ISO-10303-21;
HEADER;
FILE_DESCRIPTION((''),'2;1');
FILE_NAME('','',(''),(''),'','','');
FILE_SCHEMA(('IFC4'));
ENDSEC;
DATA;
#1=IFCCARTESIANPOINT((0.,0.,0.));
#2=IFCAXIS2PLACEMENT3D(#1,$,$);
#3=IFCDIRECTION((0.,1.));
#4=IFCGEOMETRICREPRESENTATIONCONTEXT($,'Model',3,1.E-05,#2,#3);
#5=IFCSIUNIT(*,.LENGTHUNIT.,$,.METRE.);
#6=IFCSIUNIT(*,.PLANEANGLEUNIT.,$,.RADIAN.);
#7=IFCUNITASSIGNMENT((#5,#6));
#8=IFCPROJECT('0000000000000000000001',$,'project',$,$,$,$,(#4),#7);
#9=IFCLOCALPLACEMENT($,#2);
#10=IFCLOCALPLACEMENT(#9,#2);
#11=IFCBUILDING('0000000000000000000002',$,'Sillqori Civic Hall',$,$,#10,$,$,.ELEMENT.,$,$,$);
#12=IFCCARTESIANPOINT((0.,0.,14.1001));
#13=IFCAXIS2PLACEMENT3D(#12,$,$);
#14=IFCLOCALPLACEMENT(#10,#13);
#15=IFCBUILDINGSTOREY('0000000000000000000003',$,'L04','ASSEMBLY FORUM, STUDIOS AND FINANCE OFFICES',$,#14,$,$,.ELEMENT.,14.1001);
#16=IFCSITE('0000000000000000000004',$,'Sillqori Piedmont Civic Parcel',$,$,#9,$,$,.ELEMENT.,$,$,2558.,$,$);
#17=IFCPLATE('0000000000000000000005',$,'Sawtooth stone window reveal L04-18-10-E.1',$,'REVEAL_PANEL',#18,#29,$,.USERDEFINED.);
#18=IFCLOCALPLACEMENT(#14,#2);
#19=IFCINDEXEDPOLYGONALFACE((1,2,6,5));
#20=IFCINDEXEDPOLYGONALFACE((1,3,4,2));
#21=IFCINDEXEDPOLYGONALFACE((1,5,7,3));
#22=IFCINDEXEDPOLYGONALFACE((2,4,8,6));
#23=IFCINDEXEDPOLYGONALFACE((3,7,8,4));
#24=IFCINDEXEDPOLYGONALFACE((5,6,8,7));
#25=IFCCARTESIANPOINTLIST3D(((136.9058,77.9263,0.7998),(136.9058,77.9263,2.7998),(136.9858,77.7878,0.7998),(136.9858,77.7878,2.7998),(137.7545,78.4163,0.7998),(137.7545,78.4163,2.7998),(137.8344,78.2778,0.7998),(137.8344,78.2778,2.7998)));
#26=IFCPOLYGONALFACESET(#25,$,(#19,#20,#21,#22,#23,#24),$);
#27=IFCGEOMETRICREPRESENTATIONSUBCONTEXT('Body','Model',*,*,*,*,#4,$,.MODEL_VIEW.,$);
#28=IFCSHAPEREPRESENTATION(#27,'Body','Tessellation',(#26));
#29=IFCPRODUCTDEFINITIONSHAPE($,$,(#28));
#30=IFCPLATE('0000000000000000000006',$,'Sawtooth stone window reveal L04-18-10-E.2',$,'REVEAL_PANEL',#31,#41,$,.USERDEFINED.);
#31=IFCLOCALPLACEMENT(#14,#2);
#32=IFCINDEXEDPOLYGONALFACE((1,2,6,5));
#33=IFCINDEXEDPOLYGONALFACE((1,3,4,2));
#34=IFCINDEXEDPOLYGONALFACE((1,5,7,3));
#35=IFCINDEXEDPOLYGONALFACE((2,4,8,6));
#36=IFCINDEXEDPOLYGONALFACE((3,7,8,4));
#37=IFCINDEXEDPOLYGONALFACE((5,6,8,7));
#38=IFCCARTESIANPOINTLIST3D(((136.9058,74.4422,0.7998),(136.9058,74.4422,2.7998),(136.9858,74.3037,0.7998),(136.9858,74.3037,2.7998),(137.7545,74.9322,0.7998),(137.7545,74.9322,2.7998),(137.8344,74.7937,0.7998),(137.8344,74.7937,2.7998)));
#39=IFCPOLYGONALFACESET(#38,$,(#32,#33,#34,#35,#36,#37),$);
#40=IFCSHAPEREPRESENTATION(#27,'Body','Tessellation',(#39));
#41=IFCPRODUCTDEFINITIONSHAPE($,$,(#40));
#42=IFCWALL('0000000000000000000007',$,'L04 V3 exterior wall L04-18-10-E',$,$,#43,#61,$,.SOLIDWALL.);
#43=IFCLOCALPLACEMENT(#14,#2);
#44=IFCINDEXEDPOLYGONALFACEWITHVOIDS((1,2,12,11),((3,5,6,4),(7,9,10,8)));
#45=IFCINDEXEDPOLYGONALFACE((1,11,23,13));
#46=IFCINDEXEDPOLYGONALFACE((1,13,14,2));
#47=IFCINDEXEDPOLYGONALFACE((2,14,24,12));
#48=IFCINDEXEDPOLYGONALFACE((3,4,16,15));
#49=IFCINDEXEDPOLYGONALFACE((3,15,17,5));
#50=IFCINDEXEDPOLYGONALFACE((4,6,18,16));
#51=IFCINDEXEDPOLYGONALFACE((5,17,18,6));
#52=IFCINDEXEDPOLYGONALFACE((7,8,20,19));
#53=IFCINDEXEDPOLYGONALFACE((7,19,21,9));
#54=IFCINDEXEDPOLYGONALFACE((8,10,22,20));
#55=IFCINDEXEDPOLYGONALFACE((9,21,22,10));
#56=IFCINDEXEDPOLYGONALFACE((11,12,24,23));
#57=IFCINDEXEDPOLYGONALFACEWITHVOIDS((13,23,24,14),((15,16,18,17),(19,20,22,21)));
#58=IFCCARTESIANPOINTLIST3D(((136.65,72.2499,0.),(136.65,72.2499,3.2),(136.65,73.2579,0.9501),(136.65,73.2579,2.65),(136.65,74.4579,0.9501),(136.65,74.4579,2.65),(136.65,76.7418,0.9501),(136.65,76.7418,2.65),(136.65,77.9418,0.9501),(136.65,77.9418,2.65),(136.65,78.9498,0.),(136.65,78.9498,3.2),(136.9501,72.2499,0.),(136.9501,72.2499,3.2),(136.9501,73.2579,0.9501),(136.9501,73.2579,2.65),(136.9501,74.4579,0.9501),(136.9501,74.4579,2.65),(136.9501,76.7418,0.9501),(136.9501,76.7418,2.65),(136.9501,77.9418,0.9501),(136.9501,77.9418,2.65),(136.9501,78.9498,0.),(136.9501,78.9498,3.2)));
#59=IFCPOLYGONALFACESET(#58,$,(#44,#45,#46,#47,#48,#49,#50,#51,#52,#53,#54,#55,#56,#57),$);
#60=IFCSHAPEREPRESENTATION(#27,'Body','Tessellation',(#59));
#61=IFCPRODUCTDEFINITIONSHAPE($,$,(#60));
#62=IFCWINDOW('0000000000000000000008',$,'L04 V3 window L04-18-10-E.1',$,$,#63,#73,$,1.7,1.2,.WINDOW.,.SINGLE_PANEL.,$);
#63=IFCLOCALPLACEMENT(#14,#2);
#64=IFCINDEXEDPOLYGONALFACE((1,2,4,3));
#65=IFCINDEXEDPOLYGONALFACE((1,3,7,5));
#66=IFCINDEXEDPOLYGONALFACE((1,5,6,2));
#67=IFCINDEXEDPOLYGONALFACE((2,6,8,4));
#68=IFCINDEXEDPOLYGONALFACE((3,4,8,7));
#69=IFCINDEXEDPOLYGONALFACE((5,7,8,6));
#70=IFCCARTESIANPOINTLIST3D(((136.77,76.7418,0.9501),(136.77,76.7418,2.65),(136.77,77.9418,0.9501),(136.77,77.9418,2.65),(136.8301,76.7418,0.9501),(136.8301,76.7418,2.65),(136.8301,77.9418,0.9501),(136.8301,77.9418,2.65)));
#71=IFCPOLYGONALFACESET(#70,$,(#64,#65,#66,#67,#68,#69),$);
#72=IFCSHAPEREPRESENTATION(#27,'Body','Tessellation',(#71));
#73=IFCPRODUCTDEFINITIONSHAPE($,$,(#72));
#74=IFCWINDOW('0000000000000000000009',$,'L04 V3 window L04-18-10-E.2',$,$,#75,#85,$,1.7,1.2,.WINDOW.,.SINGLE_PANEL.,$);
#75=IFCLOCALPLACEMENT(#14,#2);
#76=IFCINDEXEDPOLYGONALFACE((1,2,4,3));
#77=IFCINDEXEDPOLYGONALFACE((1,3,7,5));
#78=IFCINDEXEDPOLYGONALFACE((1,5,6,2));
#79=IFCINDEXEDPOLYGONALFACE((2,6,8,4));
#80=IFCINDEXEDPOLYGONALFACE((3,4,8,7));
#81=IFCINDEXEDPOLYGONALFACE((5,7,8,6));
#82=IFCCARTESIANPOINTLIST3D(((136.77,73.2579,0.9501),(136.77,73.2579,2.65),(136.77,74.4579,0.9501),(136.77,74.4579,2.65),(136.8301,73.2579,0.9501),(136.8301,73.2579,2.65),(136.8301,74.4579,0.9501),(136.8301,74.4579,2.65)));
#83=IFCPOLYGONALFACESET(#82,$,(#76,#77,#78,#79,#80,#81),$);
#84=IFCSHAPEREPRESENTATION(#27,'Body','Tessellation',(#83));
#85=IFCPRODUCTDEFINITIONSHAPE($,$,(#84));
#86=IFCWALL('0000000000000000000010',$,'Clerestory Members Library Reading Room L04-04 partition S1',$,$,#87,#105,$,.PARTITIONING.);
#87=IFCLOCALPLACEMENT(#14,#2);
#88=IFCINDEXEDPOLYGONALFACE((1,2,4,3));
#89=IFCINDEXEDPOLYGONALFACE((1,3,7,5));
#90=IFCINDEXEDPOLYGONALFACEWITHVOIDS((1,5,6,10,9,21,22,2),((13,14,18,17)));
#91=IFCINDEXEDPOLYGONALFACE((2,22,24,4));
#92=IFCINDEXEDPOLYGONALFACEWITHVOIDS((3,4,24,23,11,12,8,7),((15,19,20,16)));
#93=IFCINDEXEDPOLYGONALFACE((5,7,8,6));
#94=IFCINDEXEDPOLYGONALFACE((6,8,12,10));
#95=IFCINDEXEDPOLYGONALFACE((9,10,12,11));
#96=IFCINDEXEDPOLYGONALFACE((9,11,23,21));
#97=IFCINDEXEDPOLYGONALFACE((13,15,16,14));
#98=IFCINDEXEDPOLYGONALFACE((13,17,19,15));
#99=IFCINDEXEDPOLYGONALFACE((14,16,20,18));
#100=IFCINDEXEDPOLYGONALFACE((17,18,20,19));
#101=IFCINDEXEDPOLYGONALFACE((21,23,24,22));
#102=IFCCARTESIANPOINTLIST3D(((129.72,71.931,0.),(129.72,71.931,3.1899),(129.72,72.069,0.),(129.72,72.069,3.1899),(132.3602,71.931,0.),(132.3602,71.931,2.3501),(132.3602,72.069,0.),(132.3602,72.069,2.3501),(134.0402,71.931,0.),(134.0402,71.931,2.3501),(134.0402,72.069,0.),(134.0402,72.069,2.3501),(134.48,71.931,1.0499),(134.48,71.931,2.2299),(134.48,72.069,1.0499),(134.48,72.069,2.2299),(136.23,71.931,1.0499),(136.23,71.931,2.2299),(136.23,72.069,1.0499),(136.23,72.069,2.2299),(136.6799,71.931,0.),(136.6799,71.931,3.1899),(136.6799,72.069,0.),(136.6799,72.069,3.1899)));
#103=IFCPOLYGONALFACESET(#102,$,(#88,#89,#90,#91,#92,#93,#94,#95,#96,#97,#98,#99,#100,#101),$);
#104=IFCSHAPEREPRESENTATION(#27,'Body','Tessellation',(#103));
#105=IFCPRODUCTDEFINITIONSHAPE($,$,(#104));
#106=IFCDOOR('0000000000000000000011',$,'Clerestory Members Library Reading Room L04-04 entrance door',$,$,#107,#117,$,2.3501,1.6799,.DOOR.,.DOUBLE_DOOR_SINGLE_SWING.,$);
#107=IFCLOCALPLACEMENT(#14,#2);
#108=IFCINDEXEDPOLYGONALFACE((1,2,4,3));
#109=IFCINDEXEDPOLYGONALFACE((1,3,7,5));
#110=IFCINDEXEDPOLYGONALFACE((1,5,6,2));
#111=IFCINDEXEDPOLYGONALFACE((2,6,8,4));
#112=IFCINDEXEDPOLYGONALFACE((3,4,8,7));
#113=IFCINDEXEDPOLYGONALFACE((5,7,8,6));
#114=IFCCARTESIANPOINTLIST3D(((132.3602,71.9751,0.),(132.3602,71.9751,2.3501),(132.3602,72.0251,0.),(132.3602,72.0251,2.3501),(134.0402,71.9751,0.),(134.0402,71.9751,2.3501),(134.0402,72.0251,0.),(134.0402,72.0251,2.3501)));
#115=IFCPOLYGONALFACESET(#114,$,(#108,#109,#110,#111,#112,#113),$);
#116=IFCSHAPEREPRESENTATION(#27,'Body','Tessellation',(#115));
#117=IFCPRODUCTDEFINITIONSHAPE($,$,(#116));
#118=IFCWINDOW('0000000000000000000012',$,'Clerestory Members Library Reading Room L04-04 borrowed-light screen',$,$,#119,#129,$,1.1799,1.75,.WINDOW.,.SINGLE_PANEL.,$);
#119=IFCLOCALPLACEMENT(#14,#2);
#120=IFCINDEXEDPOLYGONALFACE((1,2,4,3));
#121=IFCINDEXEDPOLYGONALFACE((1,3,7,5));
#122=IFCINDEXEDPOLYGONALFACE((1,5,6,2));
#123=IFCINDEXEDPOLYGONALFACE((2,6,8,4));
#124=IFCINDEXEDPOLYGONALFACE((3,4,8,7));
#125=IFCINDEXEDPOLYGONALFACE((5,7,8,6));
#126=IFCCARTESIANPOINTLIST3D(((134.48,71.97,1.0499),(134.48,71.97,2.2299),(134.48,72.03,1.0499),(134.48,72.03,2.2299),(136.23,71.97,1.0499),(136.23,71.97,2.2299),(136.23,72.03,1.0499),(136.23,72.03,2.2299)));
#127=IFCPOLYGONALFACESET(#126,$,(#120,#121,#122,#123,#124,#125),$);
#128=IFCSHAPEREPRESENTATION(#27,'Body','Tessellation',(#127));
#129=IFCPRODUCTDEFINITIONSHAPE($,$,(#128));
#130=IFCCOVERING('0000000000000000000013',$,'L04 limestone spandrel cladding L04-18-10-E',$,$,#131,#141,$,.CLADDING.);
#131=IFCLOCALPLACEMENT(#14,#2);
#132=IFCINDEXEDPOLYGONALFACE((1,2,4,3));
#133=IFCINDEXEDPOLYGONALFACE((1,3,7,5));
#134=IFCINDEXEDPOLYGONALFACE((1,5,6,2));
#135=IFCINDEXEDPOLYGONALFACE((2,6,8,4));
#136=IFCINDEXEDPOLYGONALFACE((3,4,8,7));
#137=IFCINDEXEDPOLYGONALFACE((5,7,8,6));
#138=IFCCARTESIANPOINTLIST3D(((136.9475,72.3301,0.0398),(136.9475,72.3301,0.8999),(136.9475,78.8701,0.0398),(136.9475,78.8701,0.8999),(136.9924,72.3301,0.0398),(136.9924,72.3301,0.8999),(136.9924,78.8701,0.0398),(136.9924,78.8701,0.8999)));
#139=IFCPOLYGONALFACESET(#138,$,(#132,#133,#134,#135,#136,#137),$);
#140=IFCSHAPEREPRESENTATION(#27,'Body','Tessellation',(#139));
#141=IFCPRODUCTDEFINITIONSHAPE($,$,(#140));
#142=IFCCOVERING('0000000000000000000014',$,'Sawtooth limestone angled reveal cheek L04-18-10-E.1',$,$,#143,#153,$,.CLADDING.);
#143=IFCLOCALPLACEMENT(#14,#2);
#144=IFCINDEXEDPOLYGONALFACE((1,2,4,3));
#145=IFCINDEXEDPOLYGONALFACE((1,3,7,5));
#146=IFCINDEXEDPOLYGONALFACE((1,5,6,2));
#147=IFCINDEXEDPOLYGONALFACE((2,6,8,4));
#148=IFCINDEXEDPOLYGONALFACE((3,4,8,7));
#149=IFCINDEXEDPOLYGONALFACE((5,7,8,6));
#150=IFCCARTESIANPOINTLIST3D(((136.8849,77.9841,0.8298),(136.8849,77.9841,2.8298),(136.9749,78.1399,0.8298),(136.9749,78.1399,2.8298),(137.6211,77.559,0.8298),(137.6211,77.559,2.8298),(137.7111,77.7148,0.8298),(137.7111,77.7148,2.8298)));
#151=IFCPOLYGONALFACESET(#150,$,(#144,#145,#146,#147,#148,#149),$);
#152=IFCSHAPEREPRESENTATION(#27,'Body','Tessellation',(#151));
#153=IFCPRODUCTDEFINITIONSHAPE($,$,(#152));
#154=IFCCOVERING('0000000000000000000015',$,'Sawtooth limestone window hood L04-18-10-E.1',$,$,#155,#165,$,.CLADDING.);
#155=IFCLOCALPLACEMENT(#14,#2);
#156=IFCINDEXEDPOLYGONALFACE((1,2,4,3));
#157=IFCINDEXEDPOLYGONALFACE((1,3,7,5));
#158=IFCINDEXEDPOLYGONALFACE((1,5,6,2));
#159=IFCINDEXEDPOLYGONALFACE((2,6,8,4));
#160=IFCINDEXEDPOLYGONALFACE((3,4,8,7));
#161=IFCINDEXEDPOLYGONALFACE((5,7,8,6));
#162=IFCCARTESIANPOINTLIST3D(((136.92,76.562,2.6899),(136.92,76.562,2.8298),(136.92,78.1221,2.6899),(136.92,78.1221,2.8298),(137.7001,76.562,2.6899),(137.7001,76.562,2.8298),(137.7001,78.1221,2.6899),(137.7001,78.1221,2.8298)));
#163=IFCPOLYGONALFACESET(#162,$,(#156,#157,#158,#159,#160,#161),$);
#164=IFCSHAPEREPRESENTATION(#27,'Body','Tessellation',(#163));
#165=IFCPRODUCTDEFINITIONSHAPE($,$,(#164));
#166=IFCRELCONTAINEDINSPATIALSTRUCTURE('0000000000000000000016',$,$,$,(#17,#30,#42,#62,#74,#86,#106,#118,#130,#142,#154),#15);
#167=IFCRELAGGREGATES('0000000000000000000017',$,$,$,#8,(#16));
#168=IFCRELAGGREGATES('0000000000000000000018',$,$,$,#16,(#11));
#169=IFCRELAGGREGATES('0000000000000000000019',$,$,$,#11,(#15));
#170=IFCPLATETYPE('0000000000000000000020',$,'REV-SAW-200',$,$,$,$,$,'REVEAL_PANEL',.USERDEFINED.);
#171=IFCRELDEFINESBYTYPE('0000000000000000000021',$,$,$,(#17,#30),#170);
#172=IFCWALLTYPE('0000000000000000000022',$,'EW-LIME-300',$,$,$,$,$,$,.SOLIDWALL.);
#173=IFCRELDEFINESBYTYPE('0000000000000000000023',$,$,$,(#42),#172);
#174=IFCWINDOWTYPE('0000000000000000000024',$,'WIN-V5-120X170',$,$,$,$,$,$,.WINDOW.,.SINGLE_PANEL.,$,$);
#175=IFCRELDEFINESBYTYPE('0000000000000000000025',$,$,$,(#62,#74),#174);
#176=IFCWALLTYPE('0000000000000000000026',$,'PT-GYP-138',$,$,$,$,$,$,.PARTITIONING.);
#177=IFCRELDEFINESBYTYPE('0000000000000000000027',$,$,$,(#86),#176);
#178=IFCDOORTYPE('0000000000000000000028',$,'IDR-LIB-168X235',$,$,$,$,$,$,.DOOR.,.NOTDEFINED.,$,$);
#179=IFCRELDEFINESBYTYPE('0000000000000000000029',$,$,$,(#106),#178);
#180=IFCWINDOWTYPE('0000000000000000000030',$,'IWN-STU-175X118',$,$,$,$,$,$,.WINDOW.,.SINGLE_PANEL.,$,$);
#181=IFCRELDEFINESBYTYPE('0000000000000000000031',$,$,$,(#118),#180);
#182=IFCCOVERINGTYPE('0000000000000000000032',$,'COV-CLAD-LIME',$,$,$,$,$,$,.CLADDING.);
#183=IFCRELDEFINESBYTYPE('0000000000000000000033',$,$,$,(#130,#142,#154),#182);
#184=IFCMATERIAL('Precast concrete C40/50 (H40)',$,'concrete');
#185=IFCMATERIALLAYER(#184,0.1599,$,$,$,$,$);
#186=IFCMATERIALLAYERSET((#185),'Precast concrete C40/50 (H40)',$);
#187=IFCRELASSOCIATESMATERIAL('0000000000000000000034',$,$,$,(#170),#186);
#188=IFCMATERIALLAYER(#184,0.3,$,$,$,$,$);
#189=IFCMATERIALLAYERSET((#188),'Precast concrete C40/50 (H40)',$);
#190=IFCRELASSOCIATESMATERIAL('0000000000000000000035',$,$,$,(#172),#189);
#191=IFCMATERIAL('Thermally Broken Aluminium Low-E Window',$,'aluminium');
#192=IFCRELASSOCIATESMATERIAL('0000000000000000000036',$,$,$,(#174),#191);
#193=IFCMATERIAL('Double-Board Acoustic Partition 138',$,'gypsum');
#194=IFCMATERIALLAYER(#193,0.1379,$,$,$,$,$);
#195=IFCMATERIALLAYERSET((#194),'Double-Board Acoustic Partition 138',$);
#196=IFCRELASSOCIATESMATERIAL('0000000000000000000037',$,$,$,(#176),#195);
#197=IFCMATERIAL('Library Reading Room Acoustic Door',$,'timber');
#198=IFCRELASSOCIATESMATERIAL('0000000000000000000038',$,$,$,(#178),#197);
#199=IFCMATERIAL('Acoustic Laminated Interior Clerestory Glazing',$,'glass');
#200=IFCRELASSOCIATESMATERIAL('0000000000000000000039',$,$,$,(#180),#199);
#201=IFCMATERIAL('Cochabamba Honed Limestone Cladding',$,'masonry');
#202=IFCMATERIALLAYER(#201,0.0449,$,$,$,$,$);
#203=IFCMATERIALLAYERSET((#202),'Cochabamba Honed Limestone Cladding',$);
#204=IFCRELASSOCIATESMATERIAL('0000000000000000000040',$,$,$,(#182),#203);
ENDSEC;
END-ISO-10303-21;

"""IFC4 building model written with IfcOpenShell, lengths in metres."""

from ifc_helpers import new_model, si_unit, direction, frame, frame_2d, origin, origin_2d, place, context, subcontext, project, spatial, rectangle, extrude, material, layer, layer_set, type_object, element, fill, save


model = new_model("IFC4")

# Units and contexts
model_context = context("Model", 3, precision=1e-05, world=origin(), true_north=direction((0.0, 1.0)))
body_context = subcontext(model_context, "Body", "Model", "MODEL_VIEW")
ifc_project = project(units=[si_unit("LENGTHUNIT", "METRE"), si_unit("PLANEANGLEUNIT", "RADIAN")], contexts=[model_context])

# Site, building, storey
site_placement = place(None, origin())
site = spatial("IfcSite", under=ifc_project, at=site_placement, Name="Sillqori Piedmont Civic Parcel", CompositionType="ELEMENT", RefElevation=2558.0)
building_placement = place(site_placement, origin())
building = spatial("IfcBuilding", under=site, at=building_placement, Name="Sillqori Civic Hall", CompositionType="ELEMENT")
storey_placement = place(building_placement, frame((0.0, 0.0, 14.1001)))
storey = spatial("IfcBuildingStorey", under=building, at=storey_placement, Name="L04", Description="ASSEMBLY FORUM, STUDIOS AND FINANCE OFFICES", CompositionType="ELEMENT", Elevation=14.1001)

# Plates
ifc_material_1 = material(Name="Precast concrete C40/50 (H40)", Category="concrete")
ifc_layer_1 = layer(ifc_material_1, 0.1599)
ifc_layer_set_1 = layer_set([ifc_layer_1], Name="Precast concrete C40/50 (H40)")
plate_type_1 = type_object("IfcPlateType", Name="REV-SAW-200", ElementType="REVEAL_PANEL", PredefinedType="USERDEFINED", material=ifc_layer_set_1)
for number, where, z_axis, x_axis, name in (
    (1, (137.3701, 78.1021, 0.7998), (0.0, 0.0, 1.0), (0.5, -0.866025, 0.0), "Sawtooth stone window reveal L04-18-10-E.1"),
    (2, (137.3701, 74.6179, 0.7998), (0.0, 0.0, 1.0), (0.5, -0.866025, 0.0), "Sawtooth stone window reveal L04-18-10-E.2"),
):
    element("IfcPlate", number, at=place(storey_placement, frame(where, z_axis=z_axis, x_axis=x_axis)), inside=storey, type_object=plate_type_1, Name=name, ObjectType="REVEAL_PANEL", PredefinedType="USERDEFINED", context=body_context, shape_type="SweptSolid", body=[
        extrude(rectangle(XDim=0.1599, YDim=0.98, at=origin_2d()), origin(), (0.0, 0.0, 1.0), 2.0),
    ])

# Wall, openings, windows
ifc_layer_2 = layer(ifc_material_1, 0.3)
ifc_layer_set_2 = layer_set([ifc_layer_2], Name="Precast concrete C40/50 (H40)")
wall_type_1 = type_object("IfcWallType", Name="EW-LIME-300", PredefinedType="SOLIDWALL", material=ifc_layer_set_2)
wall_1_placement = place(storey_placement, frame((136.8, 78.95, 0.0), z_axis=(0.0, 0.0, 1.0), x_axis=(0.0, -1.0, 0.0)))
wall_1 = element("IfcWall", 3, at=wall_1_placement, inside=storey, type_object=wall_type_1, Name="L04 V3 exterior wall L04-18-10-E", PredefinedType="SOLIDWALL", context=body_context, shape_type="SweptSolid", body=[
    extrude(rectangle(XDim=6.7, YDim=0.3, at=frame_2d((3.3501, 0.0))), origin(), (0.0, 0.0, 1.0), 3.2),
])
opening_1_placement = place(wall_1_placement, frame((1.0081, 0.0, 0.95)))
opening_1 = element("IfcOpeningElement", 4, at=opening_1_placement, cuts=wall_1, PredefinedType="OPENING", context=body_context, shape_type="SweptSolid", body=[
    extrude(rectangle(XDim=1.2, YDim=1.7, at=frame_2d((0.6001, 0.8501))), frame((0.0, 0.1599, 0.0), z_axis=(0.0, -1.0, 0.0), x_axis=(1.0, 0.0, 0.0)), (0.0, 0.0, 1.0), 0.3201),
])
opening_2_placement = place(wall_1_placement, frame((4.4919, 0.0, 0.95)))
opening_2 = element("IfcOpeningElement", 5, at=opening_2_placement, cuts=wall_1, PredefinedType="OPENING", context=body_context, shape_type="SweptSolid", body=[
    extrude(rectangle(XDim=1.2, YDim=1.7, at=frame_2d((0.6001, 0.8501))), frame((0.0, 0.1599, 0.0), z_axis=(0.0, -1.0, 0.0), x_axis=(1.0, 0.0, 0.0)), (0.0, 0.0, 1.0), 0.3201),
])
ifc_material_2 = material(Name="Thermally Broken Aluminium Low-E Window", Category="aluminium")
window_type_1 = type_object("IfcWindowType", Name="WIN-V5-120X170", PartitioningType="SINGLE_PANEL", PredefinedType="WINDOW", material=ifc_material_2)
window_1_placement = place(opening_1_placement, origin())
window_1 = element("IfcWindow", 6, at=window_1_placement, inside=storey, type_object=window_type_1, Name="L04 V3 window L04-18-10-E.1", OverallHeight=1.7, OverallWidth=1.2, PartitioningType="SINGLE_PANEL", PredefinedType="WINDOW", context=body_context, shape_type="SweptSolid", body=[
    extrude(rectangle(XDim=1.2, YDim=1.7, at=frame_2d((0.6001, 0.8501))), frame((0.0, 0.03, 0.0), z_axis=(0.0, -1.0, 0.0), x_axis=(1.0, 0.0, 0.0)), (0.0, 0.0, 1.0), 0.0601),
])
fill(opening_1, window_1)
window_2_placement = place(opening_2_placement, origin())
window_2 = element("IfcWindow", 7, at=window_2_placement, inside=storey, type_object=window_type_1, Name="L04 V3 window L04-18-10-E.2", OverallHeight=1.7, OverallWidth=1.2, PartitioningType="SINGLE_PANEL", PredefinedType="WINDOW", context=body_context, shape_type="SweptSolid", body=[
    extrude(rectangle(XDim=1.2, YDim=1.7, at=frame_2d((0.6001, 0.8501))), frame((0.0, 0.03, 0.0), z_axis=(0.0, -1.0, 0.0), x_axis=(1.0, 0.0, 0.0)), (0.0, 0.0, 1.0), 0.0601),
])
fill(opening_2, window_2)

# Wall, openings, door, window
ifc_material_3 = material(Name="Double-Board Acoustic Partition 138", Category="gypsum")
ifc_layer_3 = layer(ifc_material_3, 0.1379)
ifc_layer_set_3 = layer_set([ifc_layer_3], Name="Double-Board Acoustic Partition 138")
wall_type_2 = type_object("IfcWallType", Name="PT-GYP-138", PredefinedType="PARTITIONING", material=ifc_layer_set_3)
wall_2_placement = place(storey_placement, frame((136.6799, 72.0, 0.0), z_axis=(0.0, 0.0, 1.0), x_axis=(-1.0, 0.0, 0.0)))
wall_2 = element("IfcWall", 8, at=wall_2_placement, inside=storey, type_object=wall_type_2, Name="Clerestory Members Library Reading Room L04-04 partition S1", PredefinedType="PARTITIONING", context=body_context, shape_type="SweptSolid", body=[
    extrude(rectangle(XDim=6.96, YDim=0.1379, at=frame_2d((3.48, 0.0))), origin(), (0.0, 0.0, 1.0), 3.1899),
])
opening_3_placement = place(wall_2_placement, frame((2.6399, 0.0, 0.0)))
opening_3 = element("IfcOpeningElement", 9, at=opening_3_placement, cuts=wall_2, PredefinedType="OPENING", context=body_context, shape_type="SweptSolid", body=[
    extrude(rectangle(XDim=1.6799, YDim=2.3501, at=frame_2d((0.8398, 1.175))), frame((0.0, 0.0789, 0.0), z_axis=(0.0, -1.0, 0.0), x_axis=(1.0, 0.0, 0.0)), (0.0, 0.0, 1.0), 0.158),
])
opening_4_placement = place(wall_2_placement, frame((0.45, 0.0, 1.05)))
opening_4 = element("IfcOpeningElement", 10, at=opening_4_placement, cuts=wall_2, PredefinedType="OPENING", context=body_context, shape_type="SweptSolid", body=[
    extrude(rectangle(XDim=1.75, YDim=1.1799, at=frame_2d((0.875, 0.5898))), frame((0.0, 0.0789, 0.0), z_axis=(0.0, -1.0, 0.0), x_axis=(1.0, 0.0, 0.0)), (0.0, 0.0, 1.0), 0.158),
])
ifc_material_4 = material(Name="Library Reading Room Acoustic Door", Category="timber")
door_type = type_object("IfcDoorType", Name="IDR-LIB-168X235", OperationType="NOTDEFINED", PredefinedType="DOOR", material=ifc_material_4)
door_placement = place(opening_3_placement, origin())
door = element("IfcDoor", 11, at=door_placement, inside=storey, type_object=door_type, Name="Clerestory Members Library Reading Room L04-04 entrance door", OperationType="DOUBLE_DOOR_SINGLE_SWING", OverallHeight=2.3501, OverallWidth=1.6799, PredefinedType="DOOR", context=body_context, shape_type="SweptSolid", body=[
    extrude(rectangle(XDim=1.6799, YDim=2.3501, at=frame_2d((0.8398, 1.175))), frame((0.0, 0.0249, 0.0), z_axis=(0.0, -1.0, 0.0), x_axis=(1.0, 0.0, 0.0)), (0.0, 0.0, 1.0), 0.05),
])
fill(opening_3, door)
ifc_material_5 = material(Name="Acoustic Laminated Interior Clerestory Glazing", Category="glass")
window_type_2 = type_object("IfcWindowType", Name="IWN-STU-175X118", PartitioningType="SINGLE_PANEL", PredefinedType="WINDOW", material=ifc_material_5)
window_3_placement = place(opening_4_placement, origin())
window_3 = element("IfcWindow", 12, at=window_3_placement, inside=storey, type_object=window_type_2, Name="Clerestory Members Library Reading Room L04-04 borrowed-light screen", OverallHeight=1.1799, OverallWidth=1.75, PartitioningType="SINGLE_PANEL", PredefinedType="WINDOW", context=body_context, shape_type="SweptSolid", body=[
    extrude(rectangle(XDim=1.75, YDim=1.1799, at=frame_2d((0.875, 0.5898))), frame((0.0, 0.03, 0.0), z_axis=(0.0, -1.0, 0.0), x_axis=(1.0, 0.0, 0.0)), (0.0, 0.0, 1.0), 0.0601),
])
fill(opening_4, window_3)

# Coverings
ifc_material_6 = material(Name="Cochabamba Honed Limestone Cladding", Category="masonry")
ifc_layer_4 = layer(ifc_material_6, 0.0449)
ifc_layer_set_4 = layer_set([ifc_layer_4], Name="Cochabamba Honed Limestone Cladding")
covering_type = type_object("IfcCoveringType", Name="COV-CLAD-LIME", PredefinedType="CLADDING", material=ifc_layer_set_4)
covering_1_placement = place(storey_placement, frame((136.97, 78.8701, 0.0398), z_axis=(0.0, 0.0, 1.0), x_axis=(0.0, -1.0, 0.0)))
element("IfcCovering", 13, at=covering_1_placement, inside=storey, type_object=covering_type, Name="L04 limestone spandrel cladding L04-18-10-E", PredefinedType="CLADDING", context=body_context, shape_type="SweptSolid", body=[
    extrude(rectangle(XDim=6.54, YDim=0.0449, at=frame_2d((3.27, 0.0))), origin(), (0.0, 0.0, 1.0), 0.8601),
])
covering_2_placement = place(storey_placement, frame((136.9299, 78.062, 0.8298), z_axis=(0.0, 0.0, 1.0), x_axis=(0.865989, -0.500062, 0.0)))
element("IfcCovering", 14, at=covering_2_placement, inside=storey, type_object=covering_type, Name="Sawtooth limestone angled reveal cheek L04-18-10-E.1", PredefinedType="CLADDING", context=body_context, shape_type="SweptSolid", body=[
    extrude(rectangle(XDim=0.8501, YDim=0.1799, at=frame_2d((0.425, 0.0))), origin(), (0.0, 0.0, 1.0), 2.0),
])
covering_3_placement = place(storey_placement, frame((137.3101, 78.1221, 2.6899), z_axis=(0.0, 0.0, 1.0), x_axis=(0.0, -1.0, 0.0)))
element("IfcCovering", 15, at=covering_3_placement, inside=storey, type_object=covering_type, Name="Sawtooth limestone window hood L04-18-10-E.1", PredefinedType="CLADDING", context=body_context, shape_type="SweptSolid", body=[
    extrude(rectangle(XDim=1.5601, YDim=0.78, at=frame_2d((0.78, 0.0))), origin(), (0.0, 0.0, 1.0), 0.1399),
])

save(model, "model.ifc")
